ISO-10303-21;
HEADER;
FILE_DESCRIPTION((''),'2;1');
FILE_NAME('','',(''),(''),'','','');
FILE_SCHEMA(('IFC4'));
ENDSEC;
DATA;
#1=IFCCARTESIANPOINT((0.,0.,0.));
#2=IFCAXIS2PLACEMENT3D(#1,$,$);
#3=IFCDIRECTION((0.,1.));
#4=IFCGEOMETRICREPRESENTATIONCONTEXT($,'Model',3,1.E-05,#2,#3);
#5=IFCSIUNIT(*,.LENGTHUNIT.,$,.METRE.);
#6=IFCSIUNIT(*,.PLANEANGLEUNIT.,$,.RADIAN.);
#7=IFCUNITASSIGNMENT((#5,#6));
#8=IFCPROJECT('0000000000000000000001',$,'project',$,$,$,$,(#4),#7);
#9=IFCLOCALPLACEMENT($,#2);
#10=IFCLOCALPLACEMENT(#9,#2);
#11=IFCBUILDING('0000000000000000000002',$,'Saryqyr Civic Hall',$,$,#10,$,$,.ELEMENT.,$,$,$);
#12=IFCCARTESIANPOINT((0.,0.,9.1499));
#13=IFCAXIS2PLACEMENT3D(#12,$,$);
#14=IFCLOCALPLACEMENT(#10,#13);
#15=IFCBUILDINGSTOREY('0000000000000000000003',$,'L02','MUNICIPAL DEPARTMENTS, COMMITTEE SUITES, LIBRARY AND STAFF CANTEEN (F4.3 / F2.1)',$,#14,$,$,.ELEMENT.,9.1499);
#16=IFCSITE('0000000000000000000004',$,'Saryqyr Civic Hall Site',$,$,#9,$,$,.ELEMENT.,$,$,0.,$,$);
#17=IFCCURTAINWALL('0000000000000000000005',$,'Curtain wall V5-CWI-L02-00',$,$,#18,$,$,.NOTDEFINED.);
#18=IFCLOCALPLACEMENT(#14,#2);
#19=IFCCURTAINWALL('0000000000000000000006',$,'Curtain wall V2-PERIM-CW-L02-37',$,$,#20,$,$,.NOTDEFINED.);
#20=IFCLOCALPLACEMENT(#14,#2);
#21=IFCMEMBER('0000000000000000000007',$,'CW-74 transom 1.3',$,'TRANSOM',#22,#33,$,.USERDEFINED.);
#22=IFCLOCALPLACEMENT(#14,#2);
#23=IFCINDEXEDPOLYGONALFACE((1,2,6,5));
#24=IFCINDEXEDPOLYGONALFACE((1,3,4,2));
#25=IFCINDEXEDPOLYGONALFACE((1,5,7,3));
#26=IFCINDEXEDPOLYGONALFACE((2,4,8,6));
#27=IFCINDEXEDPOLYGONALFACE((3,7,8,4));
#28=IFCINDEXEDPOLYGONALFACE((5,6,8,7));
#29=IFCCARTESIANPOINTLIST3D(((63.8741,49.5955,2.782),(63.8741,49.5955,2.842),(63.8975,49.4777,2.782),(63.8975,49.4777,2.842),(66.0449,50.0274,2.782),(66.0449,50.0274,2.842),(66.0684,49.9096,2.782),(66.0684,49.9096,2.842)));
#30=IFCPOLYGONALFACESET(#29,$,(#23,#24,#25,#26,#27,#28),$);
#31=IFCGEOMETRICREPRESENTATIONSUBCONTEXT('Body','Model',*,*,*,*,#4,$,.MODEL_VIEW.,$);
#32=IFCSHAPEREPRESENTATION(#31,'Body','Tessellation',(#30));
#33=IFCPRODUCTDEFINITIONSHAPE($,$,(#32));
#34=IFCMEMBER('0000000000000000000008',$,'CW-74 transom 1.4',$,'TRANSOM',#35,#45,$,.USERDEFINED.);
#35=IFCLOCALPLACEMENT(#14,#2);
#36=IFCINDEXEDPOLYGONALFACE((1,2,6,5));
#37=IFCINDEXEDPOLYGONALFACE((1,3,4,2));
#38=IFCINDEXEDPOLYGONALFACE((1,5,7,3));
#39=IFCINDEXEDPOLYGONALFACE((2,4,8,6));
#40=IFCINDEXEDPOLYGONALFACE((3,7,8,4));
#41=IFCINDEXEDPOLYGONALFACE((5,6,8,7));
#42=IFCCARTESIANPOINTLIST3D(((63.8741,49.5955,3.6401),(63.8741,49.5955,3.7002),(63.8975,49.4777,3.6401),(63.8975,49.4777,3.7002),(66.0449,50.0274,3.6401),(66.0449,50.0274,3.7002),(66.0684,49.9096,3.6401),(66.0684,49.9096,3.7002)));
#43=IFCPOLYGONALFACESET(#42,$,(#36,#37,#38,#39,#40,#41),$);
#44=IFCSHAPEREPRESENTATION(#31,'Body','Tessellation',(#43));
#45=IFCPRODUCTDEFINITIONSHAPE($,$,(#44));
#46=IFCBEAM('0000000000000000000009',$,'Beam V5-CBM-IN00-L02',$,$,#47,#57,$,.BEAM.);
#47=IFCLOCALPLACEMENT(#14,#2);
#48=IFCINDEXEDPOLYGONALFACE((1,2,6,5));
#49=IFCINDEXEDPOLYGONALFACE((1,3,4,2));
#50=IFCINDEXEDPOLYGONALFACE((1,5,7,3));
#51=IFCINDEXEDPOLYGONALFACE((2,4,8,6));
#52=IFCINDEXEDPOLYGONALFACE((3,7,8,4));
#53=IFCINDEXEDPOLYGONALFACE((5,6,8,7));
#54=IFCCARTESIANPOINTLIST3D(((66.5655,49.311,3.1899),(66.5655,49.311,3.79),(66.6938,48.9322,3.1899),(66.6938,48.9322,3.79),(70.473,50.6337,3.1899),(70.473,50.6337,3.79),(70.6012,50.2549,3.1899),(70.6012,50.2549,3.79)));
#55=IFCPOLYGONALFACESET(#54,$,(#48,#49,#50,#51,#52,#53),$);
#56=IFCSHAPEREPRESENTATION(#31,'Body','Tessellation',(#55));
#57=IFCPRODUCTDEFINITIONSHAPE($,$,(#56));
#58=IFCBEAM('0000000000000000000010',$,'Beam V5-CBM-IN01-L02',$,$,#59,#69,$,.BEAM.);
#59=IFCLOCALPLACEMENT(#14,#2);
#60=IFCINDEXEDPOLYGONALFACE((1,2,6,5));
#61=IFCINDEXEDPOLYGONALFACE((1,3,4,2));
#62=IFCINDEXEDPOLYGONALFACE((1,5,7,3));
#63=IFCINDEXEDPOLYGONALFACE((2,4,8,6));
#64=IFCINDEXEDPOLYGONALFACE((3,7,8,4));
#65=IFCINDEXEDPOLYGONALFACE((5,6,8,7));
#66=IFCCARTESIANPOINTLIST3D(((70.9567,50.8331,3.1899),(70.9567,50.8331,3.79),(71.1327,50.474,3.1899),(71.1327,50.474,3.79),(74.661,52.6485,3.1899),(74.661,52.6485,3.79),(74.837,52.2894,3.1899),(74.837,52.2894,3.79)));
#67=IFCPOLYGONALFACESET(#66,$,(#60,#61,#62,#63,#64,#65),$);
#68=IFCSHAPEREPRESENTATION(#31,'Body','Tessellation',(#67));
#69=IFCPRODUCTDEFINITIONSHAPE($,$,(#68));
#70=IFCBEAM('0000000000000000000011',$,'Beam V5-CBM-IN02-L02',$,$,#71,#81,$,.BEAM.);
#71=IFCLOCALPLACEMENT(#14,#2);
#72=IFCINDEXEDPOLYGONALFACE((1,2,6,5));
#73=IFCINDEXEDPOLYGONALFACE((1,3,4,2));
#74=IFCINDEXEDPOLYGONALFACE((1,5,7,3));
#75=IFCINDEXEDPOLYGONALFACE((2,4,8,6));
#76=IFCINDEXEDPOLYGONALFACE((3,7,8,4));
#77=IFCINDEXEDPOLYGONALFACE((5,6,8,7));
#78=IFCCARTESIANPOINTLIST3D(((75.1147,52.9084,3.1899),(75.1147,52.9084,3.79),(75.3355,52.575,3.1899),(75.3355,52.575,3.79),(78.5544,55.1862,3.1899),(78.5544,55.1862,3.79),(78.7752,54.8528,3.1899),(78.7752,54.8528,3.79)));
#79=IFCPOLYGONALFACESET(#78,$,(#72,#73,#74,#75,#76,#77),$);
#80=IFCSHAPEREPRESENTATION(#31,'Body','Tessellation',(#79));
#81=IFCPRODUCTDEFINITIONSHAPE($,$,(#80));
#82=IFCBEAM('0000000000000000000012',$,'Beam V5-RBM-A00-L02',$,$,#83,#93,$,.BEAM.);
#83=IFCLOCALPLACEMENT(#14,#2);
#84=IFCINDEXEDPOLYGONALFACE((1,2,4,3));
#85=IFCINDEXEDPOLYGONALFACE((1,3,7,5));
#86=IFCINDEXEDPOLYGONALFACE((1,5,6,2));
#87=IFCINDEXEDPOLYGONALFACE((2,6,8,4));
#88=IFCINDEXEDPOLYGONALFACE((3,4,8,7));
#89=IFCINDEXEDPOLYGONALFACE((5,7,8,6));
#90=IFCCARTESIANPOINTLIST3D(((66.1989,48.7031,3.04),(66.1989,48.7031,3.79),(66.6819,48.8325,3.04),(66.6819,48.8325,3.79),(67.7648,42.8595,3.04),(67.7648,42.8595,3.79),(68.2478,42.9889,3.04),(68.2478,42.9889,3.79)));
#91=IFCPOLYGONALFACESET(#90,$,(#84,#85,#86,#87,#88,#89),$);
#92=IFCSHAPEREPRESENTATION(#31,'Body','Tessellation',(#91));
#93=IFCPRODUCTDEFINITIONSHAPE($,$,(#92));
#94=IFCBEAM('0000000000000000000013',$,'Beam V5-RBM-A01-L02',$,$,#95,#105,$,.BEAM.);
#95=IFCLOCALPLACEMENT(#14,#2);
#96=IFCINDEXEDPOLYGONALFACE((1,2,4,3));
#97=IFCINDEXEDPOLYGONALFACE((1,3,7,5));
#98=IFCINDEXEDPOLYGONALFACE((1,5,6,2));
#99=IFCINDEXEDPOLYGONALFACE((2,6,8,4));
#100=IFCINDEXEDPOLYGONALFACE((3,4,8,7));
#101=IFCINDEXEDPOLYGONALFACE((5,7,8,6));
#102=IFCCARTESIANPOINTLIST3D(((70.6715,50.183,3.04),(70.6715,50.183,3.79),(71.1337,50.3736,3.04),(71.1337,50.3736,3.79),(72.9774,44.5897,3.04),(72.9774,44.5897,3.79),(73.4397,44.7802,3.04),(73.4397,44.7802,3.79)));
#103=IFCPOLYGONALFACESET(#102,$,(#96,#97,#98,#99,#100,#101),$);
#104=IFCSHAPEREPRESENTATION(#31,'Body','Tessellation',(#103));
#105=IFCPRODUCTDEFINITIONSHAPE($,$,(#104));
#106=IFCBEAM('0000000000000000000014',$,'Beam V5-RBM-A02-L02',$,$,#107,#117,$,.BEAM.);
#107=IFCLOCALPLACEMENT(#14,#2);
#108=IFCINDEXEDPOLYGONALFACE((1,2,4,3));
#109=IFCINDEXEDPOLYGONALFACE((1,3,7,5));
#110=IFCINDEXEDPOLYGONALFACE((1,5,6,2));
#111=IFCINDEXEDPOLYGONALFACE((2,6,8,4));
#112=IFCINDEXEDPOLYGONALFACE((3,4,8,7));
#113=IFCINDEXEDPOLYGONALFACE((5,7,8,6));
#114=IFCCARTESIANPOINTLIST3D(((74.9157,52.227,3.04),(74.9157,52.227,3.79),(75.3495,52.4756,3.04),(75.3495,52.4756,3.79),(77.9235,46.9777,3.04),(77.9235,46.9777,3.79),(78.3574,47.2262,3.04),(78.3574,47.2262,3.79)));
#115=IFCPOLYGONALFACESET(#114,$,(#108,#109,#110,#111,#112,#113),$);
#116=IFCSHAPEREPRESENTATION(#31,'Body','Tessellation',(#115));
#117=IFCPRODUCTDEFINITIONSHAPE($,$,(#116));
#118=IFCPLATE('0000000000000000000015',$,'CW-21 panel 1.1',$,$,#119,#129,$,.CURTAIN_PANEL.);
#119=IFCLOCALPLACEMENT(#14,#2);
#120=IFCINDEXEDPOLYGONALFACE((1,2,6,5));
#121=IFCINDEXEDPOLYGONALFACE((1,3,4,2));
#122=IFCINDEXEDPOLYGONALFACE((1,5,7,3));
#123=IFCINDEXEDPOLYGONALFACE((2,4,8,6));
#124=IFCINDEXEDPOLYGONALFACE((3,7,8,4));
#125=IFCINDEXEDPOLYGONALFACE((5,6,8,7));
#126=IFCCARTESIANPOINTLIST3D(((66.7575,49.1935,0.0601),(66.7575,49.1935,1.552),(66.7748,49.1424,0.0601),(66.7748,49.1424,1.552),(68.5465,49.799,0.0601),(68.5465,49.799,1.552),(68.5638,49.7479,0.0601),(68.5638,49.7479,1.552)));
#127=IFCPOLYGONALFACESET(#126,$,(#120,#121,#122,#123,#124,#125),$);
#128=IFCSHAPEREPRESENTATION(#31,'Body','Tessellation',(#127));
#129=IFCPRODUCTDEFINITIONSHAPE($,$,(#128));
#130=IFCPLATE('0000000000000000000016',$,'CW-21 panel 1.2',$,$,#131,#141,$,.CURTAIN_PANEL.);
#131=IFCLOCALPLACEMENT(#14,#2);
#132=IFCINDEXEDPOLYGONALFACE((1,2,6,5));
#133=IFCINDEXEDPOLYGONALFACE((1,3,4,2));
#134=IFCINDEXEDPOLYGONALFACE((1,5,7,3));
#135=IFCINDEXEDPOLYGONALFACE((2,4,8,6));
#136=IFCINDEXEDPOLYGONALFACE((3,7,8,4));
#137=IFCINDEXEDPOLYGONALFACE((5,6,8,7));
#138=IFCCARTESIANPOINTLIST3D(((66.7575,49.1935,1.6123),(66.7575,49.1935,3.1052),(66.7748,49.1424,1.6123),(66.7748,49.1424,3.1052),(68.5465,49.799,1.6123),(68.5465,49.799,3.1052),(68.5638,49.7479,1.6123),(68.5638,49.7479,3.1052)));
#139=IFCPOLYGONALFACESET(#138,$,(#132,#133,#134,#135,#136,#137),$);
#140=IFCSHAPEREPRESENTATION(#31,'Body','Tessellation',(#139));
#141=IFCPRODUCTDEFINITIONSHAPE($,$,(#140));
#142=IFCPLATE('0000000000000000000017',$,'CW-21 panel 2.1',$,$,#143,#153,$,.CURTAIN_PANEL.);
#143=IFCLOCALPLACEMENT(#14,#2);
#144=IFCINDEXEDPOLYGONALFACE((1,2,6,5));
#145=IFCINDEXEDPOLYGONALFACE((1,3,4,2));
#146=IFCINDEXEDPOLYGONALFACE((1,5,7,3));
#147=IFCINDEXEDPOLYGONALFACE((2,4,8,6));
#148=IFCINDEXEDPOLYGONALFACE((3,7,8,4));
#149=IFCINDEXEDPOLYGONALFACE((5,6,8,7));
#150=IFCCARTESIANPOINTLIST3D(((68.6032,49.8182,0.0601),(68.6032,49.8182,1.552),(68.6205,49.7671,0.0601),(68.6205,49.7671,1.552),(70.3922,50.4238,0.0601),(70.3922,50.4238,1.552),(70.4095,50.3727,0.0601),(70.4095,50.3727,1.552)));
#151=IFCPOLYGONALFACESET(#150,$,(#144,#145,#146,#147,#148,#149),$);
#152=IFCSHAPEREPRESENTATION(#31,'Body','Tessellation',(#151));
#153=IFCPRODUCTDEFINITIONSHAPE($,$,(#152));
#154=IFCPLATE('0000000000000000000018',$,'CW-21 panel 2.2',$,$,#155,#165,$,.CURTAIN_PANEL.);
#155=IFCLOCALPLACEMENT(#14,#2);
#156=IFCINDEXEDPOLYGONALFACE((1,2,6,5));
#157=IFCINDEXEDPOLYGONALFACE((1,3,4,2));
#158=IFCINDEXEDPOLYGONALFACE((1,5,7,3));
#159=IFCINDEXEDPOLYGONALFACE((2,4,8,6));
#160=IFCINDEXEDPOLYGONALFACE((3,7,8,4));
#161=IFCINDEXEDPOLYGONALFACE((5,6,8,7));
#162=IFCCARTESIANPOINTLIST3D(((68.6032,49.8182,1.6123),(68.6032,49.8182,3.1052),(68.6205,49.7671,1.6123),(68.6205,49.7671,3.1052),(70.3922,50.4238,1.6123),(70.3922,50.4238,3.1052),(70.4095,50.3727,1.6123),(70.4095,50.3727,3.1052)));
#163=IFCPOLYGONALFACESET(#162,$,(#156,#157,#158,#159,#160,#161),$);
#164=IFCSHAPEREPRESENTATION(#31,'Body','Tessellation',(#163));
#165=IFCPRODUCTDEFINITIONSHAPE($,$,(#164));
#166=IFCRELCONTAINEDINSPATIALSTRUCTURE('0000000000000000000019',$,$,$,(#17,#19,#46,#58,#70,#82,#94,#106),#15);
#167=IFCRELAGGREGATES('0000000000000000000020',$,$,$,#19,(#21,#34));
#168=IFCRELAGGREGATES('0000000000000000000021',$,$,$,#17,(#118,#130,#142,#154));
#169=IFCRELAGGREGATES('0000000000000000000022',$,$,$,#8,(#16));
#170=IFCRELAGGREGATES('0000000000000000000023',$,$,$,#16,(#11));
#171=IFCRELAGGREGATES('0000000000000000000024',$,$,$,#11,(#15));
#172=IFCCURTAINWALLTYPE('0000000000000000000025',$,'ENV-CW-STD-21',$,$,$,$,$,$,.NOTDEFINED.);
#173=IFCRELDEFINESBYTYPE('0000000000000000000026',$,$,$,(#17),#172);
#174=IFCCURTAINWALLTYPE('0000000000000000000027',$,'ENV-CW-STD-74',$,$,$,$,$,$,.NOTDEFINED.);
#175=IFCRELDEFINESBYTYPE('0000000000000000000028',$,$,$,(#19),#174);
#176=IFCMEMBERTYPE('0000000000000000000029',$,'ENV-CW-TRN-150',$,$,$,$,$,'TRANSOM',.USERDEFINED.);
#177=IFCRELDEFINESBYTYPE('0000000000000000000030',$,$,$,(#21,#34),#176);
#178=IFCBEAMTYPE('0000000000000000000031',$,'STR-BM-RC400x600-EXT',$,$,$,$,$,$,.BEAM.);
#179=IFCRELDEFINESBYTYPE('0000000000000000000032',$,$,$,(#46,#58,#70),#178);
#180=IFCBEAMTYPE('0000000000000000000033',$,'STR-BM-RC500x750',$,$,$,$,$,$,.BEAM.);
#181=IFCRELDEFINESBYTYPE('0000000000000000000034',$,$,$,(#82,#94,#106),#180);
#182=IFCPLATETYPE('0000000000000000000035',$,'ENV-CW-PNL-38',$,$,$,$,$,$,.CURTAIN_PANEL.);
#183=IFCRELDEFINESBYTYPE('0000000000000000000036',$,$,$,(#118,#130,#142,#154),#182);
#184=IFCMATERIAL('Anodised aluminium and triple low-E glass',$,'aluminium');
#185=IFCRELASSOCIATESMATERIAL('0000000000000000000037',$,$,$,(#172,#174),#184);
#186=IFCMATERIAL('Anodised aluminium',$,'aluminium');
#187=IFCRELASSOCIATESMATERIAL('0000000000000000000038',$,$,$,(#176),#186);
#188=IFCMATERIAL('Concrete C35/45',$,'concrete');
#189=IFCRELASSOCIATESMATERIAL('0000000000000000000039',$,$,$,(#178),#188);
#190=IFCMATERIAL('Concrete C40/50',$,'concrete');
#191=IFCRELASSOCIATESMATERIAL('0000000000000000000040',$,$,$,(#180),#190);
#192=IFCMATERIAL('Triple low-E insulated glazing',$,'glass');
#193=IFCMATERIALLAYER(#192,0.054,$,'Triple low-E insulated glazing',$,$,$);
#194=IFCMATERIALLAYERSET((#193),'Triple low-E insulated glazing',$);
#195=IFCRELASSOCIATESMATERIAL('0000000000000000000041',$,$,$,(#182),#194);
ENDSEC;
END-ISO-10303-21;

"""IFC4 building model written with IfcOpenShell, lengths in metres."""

from ifc_helpers import new_model, si_unit, direction, frame, origin, origin_2d, place, context, subcontext, project, spatial, rectangle, extrude, material, layer, layer_set, material_profile, profile_set, type_object, element, aggregate, save


model = new_model("IFC4")

# Units and contexts
model_context = context("Model", 3, precision=1e-05, world=origin(), true_north=direction((0.0, 1.0)))
body_context = subcontext(model_context, "Body", "Model", "MODEL_VIEW")
ifc_project = project(units=[si_unit("LENGTHUNIT", "METRE"), si_unit("PLANEANGLEUNIT", "RADIAN")], contexts=[model_context])

# Site, building, storey
site_placement = place(None, origin())
site = spatial("IfcSite", under=ifc_project, at=site_placement, Name="Saryqyr Civic Hall Site", CompositionType="ELEMENT", RefElevation=0.0)
building_placement = place(site_placement, origin())
building = spatial("IfcBuilding", under=site, at=building_placement, Name="Saryqyr Civic Hall", CompositionType="ELEMENT")
storey_placement = place(building_placement, frame((0.0, 0.0, 9.1499)))
storey = spatial("IfcBuildingStorey", under=building, at=storey_placement, Name="L02", Description="MUNICIPAL DEPARTMENTS, COMMITTEE SUITES, LIBRARY AND STAFF CANTEEN (F4.3 / F2.1)", CompositionType="ELEMENT", Elevation=9.1499)

# Shared definitions
ifc_material_1 = material(Name="Concrete C40/50", Category="concrete")

# Curtain wall
ifc_material_2 = material(Name="Anodised aluminium and triple low-E glass", Category="aluminium")
curtain_wall_type_1 = type_object("IfcCurtainWallType", Name="ENV-CW-STD-21", PredefinedType="NOTDEFINED", material=ifc_material_2)
curtain_wall_1_placement = place(storey_placement, origin())
curtain_wall_1 = element("IfcCurtainWall", 1, at=curtain_wall_1_placement, inside=storey, type_object=curtain_wall_type_1, Name="Curtain wall V5-CWI-L02-00", PredefinedType="NOTDEFINED")
ifc_material_3 = material(Name="Anodised aluminium", Category="aluminium")

# Curtain wall
curtain_wall_type_2 = type_object("IfcCurtainWallType", Name="ENV-CW-STD-74", PredefinedType="NOTDEFINED", material=ifc_material_2)
curtain_wall_2_placement = place(storey_placement, origin())
curtain_wall_2 = element("IfcCurtainWall", 2, at=curtain_wall_2_placement, inside=storey, type_object=curtain_wall_type_2, Name="Curtain wall V2-PERIM-CW-L02-37", PredefinedType="NOTDEFINED")

# Members
ifc_material_profile_1 = material_profile(ifc_material_3, rectangle(XDim=0.1201, YDim=0.0601, at=origin_2d()), Name="ALU TRANSOM 120x60")
ifc_profile_set_1 = profile_set([ifc_material_profile_1], Name="Anodised aluminium")
member_type_1 = type_object("IfcMemberType", Name="ENV-CW-TRN-150", ElementType="TRANSOM", PredefinedType="USERDEFINED", material=ifc_profile_set_1)
member_1_placement = place(storey_placement, frame((66.0566, 49.9685, 2.812), z_axis=(-0.98078, -0.195119, 0.0), x_axis=(0.195119, -0.98078, 0.0)))
member_1 = element("IfcMember", 3, at=member_1_placement, type_object=member_type_1, Name="CW-74 transom 1.3", ObjectType="TRANSOM", PredefinedType="USERDEFINED", context=body_context, shape_type="SweptSolid", body=[
    extrude(rectangle(XDim=0.1201, YDim=0.0601, at=origin_2d()), origin(), (0.0, 0.0, 1.0), 2.2134),
])
member_2_placement = place(storey_placement, frame((66.0566, 49.9685, 3.6702), z_axis=(-0.98078, -0.195119, 0.0), x_axis=(0.195119, -0.98078, 0.0)))
member_2 = element("IfcMember", 4, at=member_2_placement, type_object=member_type_1, Name="CW-74 transom 1.4", ObjectType="TRANSOM", PredefinedType="USERDEFINED", context=body_context, shape_type="SweptSolid", body=[
    extrude(rectangle(XDim=0.1201, YDim=0.0601, at=origin_2d()), origin(), (0.0, 0.0, 1.0), 2.2134),
])
aggregate(curtain_wall_2, [member_1, member_2])

# Beams
ifc_material_4 = material(Name="Concrete C35/45", Category="concrete")
ifc_material_profile_2 = material_profile(ifc_material_4, rectangle(XDim=0.3999, YDim=0.6001, at=origin_2d()), Name="RC 400x600")
ifc_profile_set_2 = profile_set([ifc_material_profile_2], Name="Concrete C35/45")
beam_type_1 = type_object("IfcBeamType", Name="STR-BM-RC400x600-EXT", PredefinedType="BEAM", material=ifc_profile_set_2)
for number, where, z_axis, x_axis, name in (
    (5, (66.6296, 49.1216, 3.49), (0.947199, 0.320645, 0.0), (-0.320645, 0.947199, 0.0), "Beam V5-CBM-IN00-L02"),
    (6, (71.0447, 50.6536, 3.49), (0.897962, 0.440074, 0.0), (-0.440074, 0.897962, 0.0), "Beam V5-CBM-IN01-L02"),
):
    element("IfcBeam", number, at=place(storey_placement, frame(where, z_axis=z_axis, x_axis=x_axis)), inside=storey, type_object=beam_type_1, Name=name, PredefinedType="BEAM", context=body_context, shape_type="SweptSolid", body=[
        extrude(rectangle(XDim=0.3999, YDim=0.6001, at=origin_2d()), origin(), (0.0, 0.0, 1.0), 4.1252),
    ])
beam_1_placement = place(storey_placement, frame((75.2251, 52.7417, 3.49), z_axis=(0.833758, 0.55213, 0.0), x_axis=(-0.55213, 0.833758, 0.0)))
element("IfcBeam", 7, at=beam_1_placement, inside=storey, type_object=beam_type_1, Name="Beam V5-CBM-IN02-L02", PredefinedType="BEAM", context=body_context, shape_type="SweptSolid", body=[
    extrude(rectangle(XDim=0.3999, YDim=0.6001, at=origin_2d()), origin(), (0.0, 0.0, 1.0), 4.1255),
])
ifc_material_profile_3 = material_profile(ifc_material_1, rectangle(XDim=0.5, YDim=0.75, at=origin_2d()), Name="RC 500x750")
ifc_profile_set_3 = profile_set([ifc_material_profile_3], Name="Concrete C40/50")
beam_type_2 = type_object("IfcBeamType", Name="STR-BM-RC500x750", PredefinedType="BEAM", material=ifc_profile_set_3)
beam_2_placement = place(storey_placement, frame((66.4404, 48.7678, 3.415), z_axis=(0.258833, -0.965922, 0.0), x_axis=(0.965922, 0.258833, 0.0)))
element("IfcBeam", 8, at=beam_2_placement, inside=storey, type_object=beam_type_2, Name="Beam V5-RBM-A00-L02", PredefinedType="BEAM", context=body_context, shape_type="SweptSolid", body=[
    extrude(rectangle(XDim=0.5, YDim=0.75, at=origin_2d()), origin(), (0.0, 0.0, 1.0), 6.0498),
])
for number, where, z_axis, x_axis, name in (
    (9, (70.9026, 50.2783, 3.415), (0.381146, -0.924515, 0.0), (0.924515, 0.381146, 0.0), "Beam V5-RBM-A01-L02"),
    (10, (75.1326, 52.3513, 3.415), (0.497164, -0.867656, 0.0), (0.867656, 0.497164, 0.0), "Beam V5-RBM-A02-L02"),
):
    element("IfcBeam", number, at=place(storey_placement, frame(where, z_axis=z_axis, x_axis=x_axis)), inside=storey, type_object=beam_type_2, Name=name, PredefinedType="BEAM", context=body_context, shape_type="SweptSolid", body=[
        extrude(rectangle(XDim=0.5, YDim=0.75, at=origin_2d()), origin(), (0.0, 0.0, 1.0), 6.05),
    ])

# Plates
ifc_material_5 = material(Name="Triple low-E insulated glazing", Category="glass")
ifc_layer_1 = layer(ifc_material_5, 0.054, Name="Triple low-E insulated glazing")
ifc_layer_set_1 = layer_set([ifc_layer_1], Name="Triple low-E insulated glazing")
plate_type = type_object("IfcPlateType", Name="ENV-CW-PNL-38", PredefinedType="CURTAIN_PANEL", material=ifc_layer_set_1)
plate_1_placement = place(storey_placement, frame((67.6606, 49.4707, 0.0601), z_axis=(0.0, 0.0, 1.0), x_axis=(0.947202, 0.320636, 0.0)))
plate_1 = element("IfcPlate", 11, at=plate_1_placement, type_object=plate_type, Name="CW-21 panel 1.1", PredefinedType="CURTAIN_PANEL", context=body_context, shape_type="SweptSolid", body=[
    extrude(rectangle(XDim=1.8887, YDim=0.054, at=origin_2d()), origin(), (0.0, 0.0, 1.0), 1.4919),
])
plate_2_placement = place(storey_placement, frame((67.6606, 49.4707, 1.6123), z_axis=(0.0, 0.0, 1.0), x_axis=(0.947202, 0.320636, 0.0)))
plate_2 = element("IfcPlate", 12, at=plate_2_placement, type_object=plate_type, Name="CW-21 panel 1.2", PredefinedType="CURTAIN_PANEL", context=body_context, shape_type="SweptSolid", body=[
    extrude(rectangle(XDim=1.8887, YDim=0.054, at=origin_2d()), origin(), (0.0, 0.0, 1.0), 1.4929),
])
plate_3_placement = place(storey_placement, frame((69.5063, 50.0955, 0.0601), z_axis=(0.0, 0.0, 1.0), x_axis=(0.947202, 0.320636, 0.0)))
plate_3 = element("IfcPlate", 13, at=plate_3_placement, type_object=plate_type, Name="CW-21 panel 2.1", PredefinedType="CURTAIN_PANEL", context=body_context, shape_type="SweptSolid", body=[
    extrude(rectangle(XDim=1.8887, YDim=0.054, at=origin_2d()), origin(), (0.0, 0.0, 1.0), 1.4919),
])
plate_4_placement = place(storey_placement, frame((69.5063, 50.0955, 1.6123), z_axis=(0.0, 0.0, 1.0), x_axis=(0.947202, 0.320636, 0.0)))
plate_4 = element("IfcPlate", 14, at=plate_4_placement, type_object=plate_type, Name="CW-21 panel 2.2", PredefinedType="CURTAIN_PANEL", context=body_context, shape_type="SweptSolid", body=[
    extrude(rectangle(XDim=1.8887, YDim=0.054, at=origin_2d()), origin(), (0.0, 0.0, 1.0), 1.4929),
])
aggregate(curtain_wall_1, [plate_1, plate_2, plate_3, plate_4])

save(model, "model.ifc")
